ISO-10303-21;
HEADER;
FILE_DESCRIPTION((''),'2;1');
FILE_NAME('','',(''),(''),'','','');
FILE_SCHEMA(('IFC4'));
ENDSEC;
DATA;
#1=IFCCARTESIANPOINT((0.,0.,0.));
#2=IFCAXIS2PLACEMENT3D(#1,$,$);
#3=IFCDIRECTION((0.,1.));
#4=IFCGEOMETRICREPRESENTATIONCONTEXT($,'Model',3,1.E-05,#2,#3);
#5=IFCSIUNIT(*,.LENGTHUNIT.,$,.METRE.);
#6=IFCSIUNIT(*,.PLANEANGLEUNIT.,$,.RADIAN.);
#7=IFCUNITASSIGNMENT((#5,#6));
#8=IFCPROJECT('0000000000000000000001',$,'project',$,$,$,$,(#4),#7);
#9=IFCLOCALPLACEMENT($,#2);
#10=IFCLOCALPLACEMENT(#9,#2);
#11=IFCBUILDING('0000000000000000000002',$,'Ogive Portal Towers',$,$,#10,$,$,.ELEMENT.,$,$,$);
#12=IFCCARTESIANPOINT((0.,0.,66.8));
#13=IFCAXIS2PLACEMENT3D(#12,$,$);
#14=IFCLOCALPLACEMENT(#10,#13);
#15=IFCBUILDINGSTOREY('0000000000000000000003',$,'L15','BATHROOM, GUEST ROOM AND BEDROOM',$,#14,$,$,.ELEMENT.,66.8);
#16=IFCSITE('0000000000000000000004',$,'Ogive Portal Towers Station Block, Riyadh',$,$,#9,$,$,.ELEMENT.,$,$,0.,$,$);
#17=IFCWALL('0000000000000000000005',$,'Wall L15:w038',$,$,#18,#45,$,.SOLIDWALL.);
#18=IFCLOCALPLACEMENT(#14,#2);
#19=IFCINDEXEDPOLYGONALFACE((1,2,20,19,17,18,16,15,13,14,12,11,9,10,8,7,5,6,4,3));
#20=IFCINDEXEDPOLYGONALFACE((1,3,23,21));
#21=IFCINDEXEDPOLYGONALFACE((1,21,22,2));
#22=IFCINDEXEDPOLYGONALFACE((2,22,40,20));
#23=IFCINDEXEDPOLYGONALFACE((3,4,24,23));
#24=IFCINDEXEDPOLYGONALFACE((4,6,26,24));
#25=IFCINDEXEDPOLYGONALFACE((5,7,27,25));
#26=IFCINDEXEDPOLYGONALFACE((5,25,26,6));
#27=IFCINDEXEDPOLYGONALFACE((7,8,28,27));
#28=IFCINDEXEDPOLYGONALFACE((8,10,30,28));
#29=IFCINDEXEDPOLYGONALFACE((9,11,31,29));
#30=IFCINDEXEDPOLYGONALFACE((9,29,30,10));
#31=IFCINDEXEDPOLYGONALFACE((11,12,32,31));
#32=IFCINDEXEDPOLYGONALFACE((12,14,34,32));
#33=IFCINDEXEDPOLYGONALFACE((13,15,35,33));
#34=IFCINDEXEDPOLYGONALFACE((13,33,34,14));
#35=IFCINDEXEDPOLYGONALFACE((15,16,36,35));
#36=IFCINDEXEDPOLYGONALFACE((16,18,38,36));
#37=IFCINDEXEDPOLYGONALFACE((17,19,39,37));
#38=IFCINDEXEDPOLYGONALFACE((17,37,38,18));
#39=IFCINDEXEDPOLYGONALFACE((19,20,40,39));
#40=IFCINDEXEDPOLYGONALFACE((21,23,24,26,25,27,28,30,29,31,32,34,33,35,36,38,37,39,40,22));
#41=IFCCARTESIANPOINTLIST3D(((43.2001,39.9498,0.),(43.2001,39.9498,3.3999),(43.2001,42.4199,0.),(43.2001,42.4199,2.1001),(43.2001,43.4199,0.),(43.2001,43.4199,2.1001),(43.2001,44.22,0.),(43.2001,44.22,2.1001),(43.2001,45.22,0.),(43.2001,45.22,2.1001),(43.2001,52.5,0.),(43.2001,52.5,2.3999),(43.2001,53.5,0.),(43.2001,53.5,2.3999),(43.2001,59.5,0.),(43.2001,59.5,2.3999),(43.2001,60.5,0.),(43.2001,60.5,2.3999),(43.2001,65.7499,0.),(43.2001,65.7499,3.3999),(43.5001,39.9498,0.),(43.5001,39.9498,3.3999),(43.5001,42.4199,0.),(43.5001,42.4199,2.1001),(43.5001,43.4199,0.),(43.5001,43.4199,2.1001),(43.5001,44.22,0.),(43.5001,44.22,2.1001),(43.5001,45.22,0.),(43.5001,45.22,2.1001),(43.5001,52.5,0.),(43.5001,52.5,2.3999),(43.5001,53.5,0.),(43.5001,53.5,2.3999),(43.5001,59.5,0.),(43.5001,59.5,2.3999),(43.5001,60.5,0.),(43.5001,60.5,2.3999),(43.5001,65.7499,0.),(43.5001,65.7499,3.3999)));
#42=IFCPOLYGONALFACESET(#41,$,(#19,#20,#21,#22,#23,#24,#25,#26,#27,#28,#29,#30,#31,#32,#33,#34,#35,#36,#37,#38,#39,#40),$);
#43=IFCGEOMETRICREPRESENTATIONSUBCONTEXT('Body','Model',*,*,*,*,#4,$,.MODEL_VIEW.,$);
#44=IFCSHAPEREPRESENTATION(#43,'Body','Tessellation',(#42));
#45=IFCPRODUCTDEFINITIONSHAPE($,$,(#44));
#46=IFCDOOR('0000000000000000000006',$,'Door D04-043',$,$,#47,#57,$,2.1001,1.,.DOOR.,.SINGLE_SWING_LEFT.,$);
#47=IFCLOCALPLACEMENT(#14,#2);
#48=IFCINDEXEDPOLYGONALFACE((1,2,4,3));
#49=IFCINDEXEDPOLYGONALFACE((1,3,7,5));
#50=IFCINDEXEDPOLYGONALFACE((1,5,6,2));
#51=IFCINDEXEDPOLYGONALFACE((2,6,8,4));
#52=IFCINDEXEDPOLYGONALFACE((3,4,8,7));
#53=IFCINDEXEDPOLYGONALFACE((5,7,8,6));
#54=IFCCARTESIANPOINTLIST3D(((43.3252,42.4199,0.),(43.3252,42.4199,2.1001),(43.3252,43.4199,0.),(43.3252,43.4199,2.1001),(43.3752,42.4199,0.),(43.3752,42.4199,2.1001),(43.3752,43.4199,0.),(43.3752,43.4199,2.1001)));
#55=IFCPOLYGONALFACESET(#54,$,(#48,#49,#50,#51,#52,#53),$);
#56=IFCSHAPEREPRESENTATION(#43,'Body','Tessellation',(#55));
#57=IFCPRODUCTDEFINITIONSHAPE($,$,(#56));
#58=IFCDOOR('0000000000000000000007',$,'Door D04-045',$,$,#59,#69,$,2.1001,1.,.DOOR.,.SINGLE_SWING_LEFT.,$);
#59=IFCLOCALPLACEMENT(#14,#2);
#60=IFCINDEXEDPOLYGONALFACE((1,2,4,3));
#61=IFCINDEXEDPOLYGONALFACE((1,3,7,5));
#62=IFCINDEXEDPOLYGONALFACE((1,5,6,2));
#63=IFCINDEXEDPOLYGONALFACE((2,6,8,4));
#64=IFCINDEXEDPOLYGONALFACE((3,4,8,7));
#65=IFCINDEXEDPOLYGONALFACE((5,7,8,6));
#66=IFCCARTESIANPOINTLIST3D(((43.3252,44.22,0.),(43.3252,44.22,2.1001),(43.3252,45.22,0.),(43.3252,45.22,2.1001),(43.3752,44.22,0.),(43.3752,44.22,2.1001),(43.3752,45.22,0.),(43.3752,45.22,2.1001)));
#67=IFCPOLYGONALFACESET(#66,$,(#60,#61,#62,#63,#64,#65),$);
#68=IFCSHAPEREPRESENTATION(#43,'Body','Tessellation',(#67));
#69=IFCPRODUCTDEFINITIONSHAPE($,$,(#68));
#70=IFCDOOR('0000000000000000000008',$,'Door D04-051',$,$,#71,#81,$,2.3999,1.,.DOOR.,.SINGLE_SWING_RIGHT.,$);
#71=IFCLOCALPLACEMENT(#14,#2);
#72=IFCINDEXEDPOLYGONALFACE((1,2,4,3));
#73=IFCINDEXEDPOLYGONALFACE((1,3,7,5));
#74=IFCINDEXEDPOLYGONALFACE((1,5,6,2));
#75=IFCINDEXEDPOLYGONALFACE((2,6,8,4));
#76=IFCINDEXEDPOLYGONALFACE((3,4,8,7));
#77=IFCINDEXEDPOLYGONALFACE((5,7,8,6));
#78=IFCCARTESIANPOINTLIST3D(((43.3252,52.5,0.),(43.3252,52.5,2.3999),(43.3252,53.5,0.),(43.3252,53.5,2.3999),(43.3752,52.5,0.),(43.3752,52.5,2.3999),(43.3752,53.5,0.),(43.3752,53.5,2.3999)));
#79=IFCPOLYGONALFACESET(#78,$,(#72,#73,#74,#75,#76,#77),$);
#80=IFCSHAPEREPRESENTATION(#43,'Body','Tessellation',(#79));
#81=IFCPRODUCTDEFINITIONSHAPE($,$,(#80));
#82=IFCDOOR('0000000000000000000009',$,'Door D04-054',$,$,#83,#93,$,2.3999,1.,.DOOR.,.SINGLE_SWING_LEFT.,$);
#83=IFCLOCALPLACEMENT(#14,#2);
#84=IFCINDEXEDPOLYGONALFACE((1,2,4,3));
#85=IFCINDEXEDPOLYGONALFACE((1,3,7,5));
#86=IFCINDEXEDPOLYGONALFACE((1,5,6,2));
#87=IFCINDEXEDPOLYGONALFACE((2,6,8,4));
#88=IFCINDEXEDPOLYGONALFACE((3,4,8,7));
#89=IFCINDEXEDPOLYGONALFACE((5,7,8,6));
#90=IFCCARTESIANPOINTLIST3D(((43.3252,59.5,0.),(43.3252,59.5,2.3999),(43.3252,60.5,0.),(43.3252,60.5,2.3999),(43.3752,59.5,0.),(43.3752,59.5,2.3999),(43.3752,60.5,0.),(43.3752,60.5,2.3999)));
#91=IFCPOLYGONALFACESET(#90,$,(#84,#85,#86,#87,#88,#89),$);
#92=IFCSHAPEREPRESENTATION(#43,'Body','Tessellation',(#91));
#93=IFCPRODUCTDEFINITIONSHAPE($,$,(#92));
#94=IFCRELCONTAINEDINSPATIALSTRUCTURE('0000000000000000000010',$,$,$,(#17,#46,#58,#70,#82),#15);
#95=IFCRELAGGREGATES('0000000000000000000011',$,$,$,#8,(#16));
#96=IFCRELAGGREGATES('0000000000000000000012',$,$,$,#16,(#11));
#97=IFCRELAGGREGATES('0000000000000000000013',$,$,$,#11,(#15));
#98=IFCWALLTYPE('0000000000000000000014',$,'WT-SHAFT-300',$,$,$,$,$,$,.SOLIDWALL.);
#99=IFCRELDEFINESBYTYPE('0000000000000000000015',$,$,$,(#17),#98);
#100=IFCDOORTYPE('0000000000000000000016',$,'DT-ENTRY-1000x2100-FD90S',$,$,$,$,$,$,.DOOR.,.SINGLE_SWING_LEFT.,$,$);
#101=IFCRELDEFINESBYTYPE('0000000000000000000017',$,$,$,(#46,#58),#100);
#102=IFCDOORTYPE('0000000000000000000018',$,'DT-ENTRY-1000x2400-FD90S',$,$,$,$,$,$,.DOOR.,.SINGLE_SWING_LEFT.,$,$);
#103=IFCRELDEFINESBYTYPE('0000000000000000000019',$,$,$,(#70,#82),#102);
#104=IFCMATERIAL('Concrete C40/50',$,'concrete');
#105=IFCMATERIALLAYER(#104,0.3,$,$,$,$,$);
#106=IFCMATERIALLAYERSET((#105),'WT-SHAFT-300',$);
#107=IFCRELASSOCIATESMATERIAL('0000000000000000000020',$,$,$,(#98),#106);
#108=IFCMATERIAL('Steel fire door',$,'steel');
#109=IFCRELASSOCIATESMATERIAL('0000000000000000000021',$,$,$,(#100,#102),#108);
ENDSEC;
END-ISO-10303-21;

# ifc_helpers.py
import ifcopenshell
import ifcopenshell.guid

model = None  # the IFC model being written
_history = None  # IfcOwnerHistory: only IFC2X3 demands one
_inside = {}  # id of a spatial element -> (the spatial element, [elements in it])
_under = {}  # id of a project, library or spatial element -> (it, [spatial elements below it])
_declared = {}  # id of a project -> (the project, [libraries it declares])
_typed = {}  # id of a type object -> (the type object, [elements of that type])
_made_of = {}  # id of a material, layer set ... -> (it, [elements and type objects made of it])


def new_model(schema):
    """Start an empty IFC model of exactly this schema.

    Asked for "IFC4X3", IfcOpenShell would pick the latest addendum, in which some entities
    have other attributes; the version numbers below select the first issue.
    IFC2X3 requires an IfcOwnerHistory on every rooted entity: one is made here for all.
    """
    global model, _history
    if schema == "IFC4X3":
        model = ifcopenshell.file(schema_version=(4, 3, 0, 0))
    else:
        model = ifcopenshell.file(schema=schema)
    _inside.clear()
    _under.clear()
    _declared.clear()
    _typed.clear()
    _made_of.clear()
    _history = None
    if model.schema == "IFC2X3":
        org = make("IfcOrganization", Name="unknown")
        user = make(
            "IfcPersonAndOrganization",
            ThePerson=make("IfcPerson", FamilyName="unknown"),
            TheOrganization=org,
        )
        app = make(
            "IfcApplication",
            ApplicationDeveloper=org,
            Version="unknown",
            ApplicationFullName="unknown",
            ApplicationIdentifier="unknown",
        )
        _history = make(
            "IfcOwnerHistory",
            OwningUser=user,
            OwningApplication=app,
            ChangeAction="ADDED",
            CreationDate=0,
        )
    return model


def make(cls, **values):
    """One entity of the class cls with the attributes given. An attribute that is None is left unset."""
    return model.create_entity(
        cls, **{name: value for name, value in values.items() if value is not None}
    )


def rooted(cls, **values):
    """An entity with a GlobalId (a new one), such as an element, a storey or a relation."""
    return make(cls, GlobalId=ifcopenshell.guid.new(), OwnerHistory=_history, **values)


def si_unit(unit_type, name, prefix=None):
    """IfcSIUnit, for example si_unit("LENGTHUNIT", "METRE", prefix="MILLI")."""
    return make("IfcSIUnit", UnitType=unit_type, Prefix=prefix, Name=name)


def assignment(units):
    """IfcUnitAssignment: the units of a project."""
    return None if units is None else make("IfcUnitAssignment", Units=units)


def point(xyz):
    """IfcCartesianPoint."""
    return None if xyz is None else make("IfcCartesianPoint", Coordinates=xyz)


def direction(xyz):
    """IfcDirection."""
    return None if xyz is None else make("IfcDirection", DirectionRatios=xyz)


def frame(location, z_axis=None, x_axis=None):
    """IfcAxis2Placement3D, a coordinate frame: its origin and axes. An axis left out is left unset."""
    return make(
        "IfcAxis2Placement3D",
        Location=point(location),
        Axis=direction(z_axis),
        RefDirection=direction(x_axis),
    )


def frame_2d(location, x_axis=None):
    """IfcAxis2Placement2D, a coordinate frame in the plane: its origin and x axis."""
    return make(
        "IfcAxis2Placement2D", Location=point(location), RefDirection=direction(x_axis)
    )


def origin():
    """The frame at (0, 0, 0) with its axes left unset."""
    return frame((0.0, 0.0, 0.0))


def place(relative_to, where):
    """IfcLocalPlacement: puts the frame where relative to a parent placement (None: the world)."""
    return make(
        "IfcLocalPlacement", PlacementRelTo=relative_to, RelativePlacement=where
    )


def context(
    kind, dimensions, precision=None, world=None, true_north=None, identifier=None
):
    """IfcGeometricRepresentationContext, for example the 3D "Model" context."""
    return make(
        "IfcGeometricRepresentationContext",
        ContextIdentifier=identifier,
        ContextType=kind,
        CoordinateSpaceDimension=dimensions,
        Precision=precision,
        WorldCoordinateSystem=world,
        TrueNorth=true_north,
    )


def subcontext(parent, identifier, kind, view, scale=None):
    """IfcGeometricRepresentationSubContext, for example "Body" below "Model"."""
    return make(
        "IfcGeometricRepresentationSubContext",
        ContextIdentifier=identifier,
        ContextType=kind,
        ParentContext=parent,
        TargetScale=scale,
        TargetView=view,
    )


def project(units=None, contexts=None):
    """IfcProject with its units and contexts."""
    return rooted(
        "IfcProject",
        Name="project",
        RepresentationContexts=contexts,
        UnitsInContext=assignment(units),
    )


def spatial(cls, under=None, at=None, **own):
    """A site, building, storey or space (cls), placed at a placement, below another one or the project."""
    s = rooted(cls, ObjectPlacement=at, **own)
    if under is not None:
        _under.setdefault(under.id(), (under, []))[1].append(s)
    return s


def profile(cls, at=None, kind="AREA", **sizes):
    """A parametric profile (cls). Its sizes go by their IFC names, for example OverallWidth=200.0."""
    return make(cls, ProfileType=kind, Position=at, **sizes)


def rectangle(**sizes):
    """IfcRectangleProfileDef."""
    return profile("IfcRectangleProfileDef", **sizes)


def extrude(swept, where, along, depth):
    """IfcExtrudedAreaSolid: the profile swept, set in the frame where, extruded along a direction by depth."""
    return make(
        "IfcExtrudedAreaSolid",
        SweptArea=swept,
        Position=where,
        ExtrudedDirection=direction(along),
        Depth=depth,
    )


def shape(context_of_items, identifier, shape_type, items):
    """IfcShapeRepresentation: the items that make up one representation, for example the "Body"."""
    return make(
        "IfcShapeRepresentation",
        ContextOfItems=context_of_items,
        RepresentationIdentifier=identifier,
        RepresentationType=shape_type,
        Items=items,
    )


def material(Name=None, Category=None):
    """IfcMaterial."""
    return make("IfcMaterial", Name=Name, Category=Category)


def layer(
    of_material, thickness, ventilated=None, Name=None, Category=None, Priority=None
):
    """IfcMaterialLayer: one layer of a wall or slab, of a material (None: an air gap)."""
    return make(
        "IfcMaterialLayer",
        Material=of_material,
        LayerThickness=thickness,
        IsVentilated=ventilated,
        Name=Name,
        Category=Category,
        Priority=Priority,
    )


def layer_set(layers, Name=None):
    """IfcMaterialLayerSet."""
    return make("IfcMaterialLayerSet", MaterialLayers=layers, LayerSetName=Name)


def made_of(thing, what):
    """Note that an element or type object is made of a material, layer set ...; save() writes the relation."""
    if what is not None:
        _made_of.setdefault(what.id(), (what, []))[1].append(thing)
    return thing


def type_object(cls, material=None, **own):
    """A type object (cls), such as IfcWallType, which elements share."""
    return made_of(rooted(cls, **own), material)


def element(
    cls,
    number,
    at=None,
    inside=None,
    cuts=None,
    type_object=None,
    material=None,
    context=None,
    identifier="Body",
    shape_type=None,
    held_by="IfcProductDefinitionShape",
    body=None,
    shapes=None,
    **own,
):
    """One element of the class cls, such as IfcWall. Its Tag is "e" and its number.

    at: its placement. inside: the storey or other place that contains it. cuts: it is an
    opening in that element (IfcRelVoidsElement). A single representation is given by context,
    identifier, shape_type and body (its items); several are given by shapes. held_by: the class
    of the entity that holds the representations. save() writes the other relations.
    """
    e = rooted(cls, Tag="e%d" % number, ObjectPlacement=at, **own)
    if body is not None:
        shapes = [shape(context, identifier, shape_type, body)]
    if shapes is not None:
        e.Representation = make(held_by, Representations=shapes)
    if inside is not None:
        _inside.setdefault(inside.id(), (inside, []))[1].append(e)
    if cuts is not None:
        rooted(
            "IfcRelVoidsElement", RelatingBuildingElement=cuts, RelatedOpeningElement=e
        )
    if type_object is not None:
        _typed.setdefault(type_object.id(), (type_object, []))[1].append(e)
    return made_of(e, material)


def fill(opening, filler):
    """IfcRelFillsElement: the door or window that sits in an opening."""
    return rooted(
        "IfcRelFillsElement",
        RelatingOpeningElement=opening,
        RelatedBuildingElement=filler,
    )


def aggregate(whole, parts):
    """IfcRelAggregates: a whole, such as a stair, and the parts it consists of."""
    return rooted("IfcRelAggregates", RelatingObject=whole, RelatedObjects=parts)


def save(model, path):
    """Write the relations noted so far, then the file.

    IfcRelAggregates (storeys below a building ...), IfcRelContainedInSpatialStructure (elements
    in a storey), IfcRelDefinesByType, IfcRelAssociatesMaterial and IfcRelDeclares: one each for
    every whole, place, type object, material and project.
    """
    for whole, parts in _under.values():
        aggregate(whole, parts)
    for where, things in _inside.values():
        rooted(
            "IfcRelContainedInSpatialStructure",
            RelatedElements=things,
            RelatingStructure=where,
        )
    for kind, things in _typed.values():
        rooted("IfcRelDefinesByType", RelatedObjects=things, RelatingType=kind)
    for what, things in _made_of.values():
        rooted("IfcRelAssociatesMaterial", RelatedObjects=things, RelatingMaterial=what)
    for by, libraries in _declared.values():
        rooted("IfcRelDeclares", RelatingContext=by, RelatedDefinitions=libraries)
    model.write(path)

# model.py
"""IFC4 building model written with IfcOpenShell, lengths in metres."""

from ifc_helpers import new_model, si_unit, direction, frame, frame_2d, origin, place, context, subcontext, project, spatial, rectangle, extrude, material, layer, layer_set, type_object, element, fill, save


model = new_model("IFC4")

# Units and contexts
model_context = context("Model", 3, precision=1e-05, world=origin(), true_north=direction((0.0, 1.0)))
body_context = subcontext(model_context, "Body", "Model", "MODEL_VIEW")
ifc_project = project(units=[si_unit("LENGTHUNIT", "METRE"), si_unit("PLANEANGLEUNIT", "RADIAN")], contexts=[model_context])

# Site, building, storey
site_placement = place(None, origin())
site = spatial("IfcSite", under=ifc_project, at=site_placement, Name="Ogive Portal Towers Station Block, Riyadh", CompositionType="ELEMENT", RefElevation=0.0)
building_placement = place(site_placement, origin())
building = spatial("IfcBuilding", under=site, at=building_placement, Name="Ogive Portal Towers", CompositionType="ELEMENT")
storey_placement = place(building_placement, frame((0.0, 0.0, 66.8)))
storey = spatial("IfcBuildingStorey", under=building, at=storey_placement, Name="L15", Description="BATHROOM, GUEST ROOM AND BEDROOM", CompositionType="ELEMENT", Elevation=66.8)

# Shared definitions
ifc_material_1 = material(Name="Steel fire door", Category="steel")

# Wall, openings, doors
ifc_material_2 = material(Name="Concrete C40/50", Category="concrete")
ifc_layer_1 = layer(ifc_material_2, 0.3)
ifc_layer_set_1 = layer_set([ifc_layer_1], Name="WT-SHAFT-300")
wall_type_1 = type_object("IfcWallType", Name="WT-SHAFT-300", PredefinedType="SOLIDWALL", material=ifc_layer_set_1)
wall_1_placement = place(storey_placement, frame((43.3501, 39.95, 0.0), z_axis=(0.0, 0.0, 1.0), x_axis=(0.0, 1.0, 0.0)))
wall_1 = element("IfcWall", 1, at=wall_1_placement, inside=storey, type_object=wall_type_1, Name="Wall L15:w038", PredefinedType="SOLIDWALL", context=body_context, shape_type="SweptSolid", body=[
    extrude(rectangle(XDim=25.8, YDim=0.3, at=frame_2d((12.8999, 0.0))), origin(), (0.0, 0.0, 1.0), 3.3999),
])
opening_1_placement = place(wall_1_placement, frame((2.47, 0.0, 0.0)))
opening_1 = element("IfcOpeningElement", 2, at=opening_1_placement, cuts=wall_1, PredefinedType="OPENING", context=body_context, shape_type="SweptSolid", body=[
    extrude(rectangle(XDim=1.0, YDim=2.1001, at=frame_2d((0.5, 1.05))), frame((0.0, 0.1602, 0.0), z_axis=(0.0, -1.0, 0.0), x_axis=(1.0, 0.0, 0.0)), (0.0, 0.0, 1.0), 0.3201),
])
opening_2_placement = place(wall_1_placement, frame((4.27, 0.0, 0.0)))
opening_2 = element("IfcOpeningElement", 3, at=opening_2_placement, cuts=wall_1, PredefinedType="OPENING", context=body_context, shape_type="SweptSolid", body=[
    extrude(rectangle(XDim=1.0, YDim=2.1001, at=frame_2d((0.5, 1.05))), frame((0.0, 0.1602, 0.0), z_axis=(0.0, -1.0, 0.0), x_axis=(1.0, 0.0, 0.0)), (0.0, 0.0, 1.0), 0.3201),
])
opening_3_placement = place(wall_1_placement, frame((12.55, 0.0, 0.0)))
opening_3 = element("IfcOpeningElement", 4, at=opening_3_placement, cuts=wall_1, PredefinedType="OPENING", context=body_context, shape_type="SweptSolid", body=[
    extrude(rectangle(XDim=1.0, YDim=2.3999, at=frame_2d((0.5, 1.2))), frame((0.0, 0.1602, 0.0), z_axis=(0.0, -1.0, 0.0), x_axis=(1.0, 0.0, 0.0)), (0.0, 0.0, 1.0), 0.3201),
])
opening_4_placement = place(wall_1_placement, frame((19.55, 0.0, 0.0)))
opening_4 = element("IfcOpeningElement", 5, at=opening_4_placement, cuts=wall_1, PredefinedType="OPENING", context=body_context, shape_type="SweptSolid", body=[
    extrude(rectangle(XDim=1.0, YDim=2.3999, at=frame_2d((0.5, 1.2))), frame((0.0, 0.1602, 0.0), z_axis=(0.0, -1.0, 0.0), x_axis=(1.0, 0.0, 0.0)), (0.0, 0.0, 1.0), 0.3201),
])
door_type_1 = type_object("IfcDoorType", Name="DT-ENTRY-1000x2100-FD90S", OperationType="SINGLE_SWING_LEFT", PredefinedType="DOOR", material=ifc_material_1)
door_1_placement = place(opening_1_placement, origin())
door_1 = element("IfcDoor", 6, at=door_1_placement, inside=storey, type_object=door_type_1, Name="Door D04-043", OperationType="SINGLE_SWING_LEFT", OverallHeight=2.1001, OverallWidth=1.0, PredefinedType="DOOR", context=body_context, shape_type="SweptSolid", body=[
    extrude(rectangle(XDim=1.0, YDim=2.1001, at=frame_2d((0.5, 1.05))), frame((0.0, 0.0249, 0.0), z_axis=(0.0, -1.0, 0.0), x_axis=(1.0, 0.0, 0.0)), (0.0, 0.0, 1.0), 0.05),
])
fill(opening_1, door_1)
door_2_placement = place(opening_2_placement, origin())
door_2 = element("IfcDoor", 7, at=door_2_placement, inside=storey, type_object=door_type_1, Name="Door D04-045", OperationType="SINGLE_SWING_LEFT", OverallHeight=2.1001, OverallWidth=1.0, PredefinedType="DOOR", context=body_context, shape_type="SweptSolid", body=[
    extrude(rectangle(XDim=1.0, YDim=2.1001, at=frame_2d((0.5, 1.05))), frame((0.0, 0.0249, 0.0), z_axis=(0.0, -1.0, 0.0), x_axis=(1.0, 0.0, 0.0)), (0.0, 0.0, 1.0), 0.05),
])
fill(opening_2, door_2)
door_type_2 = type_object("IfcDoorType", Name="DT-ENTRY-1000x2400-FD90S", OperationType="SINGLE_SWING_LEFT", PredefinedType="DOOR", material=ifc_material_1)
door_3_placement = place(opening_3_placement, origin())
door_3 = element("IfcDoor", 8, at=door_3_placement, inside=storey, type_object=door_type_2, Name="Door D04-051", OperationType="SINGLE_SWING_RIGHT", OverallHeight=2.3999, OverallWidth=1.0, PredefinedType="DOOR", context=body_context, shape_type="SweptSolid", body=[
    extrude(rectangle(XDim=1.0, YDim=2.3999, at=frame_2d((0.5, 1.2))), frame((0.0, 0.0249, 0.0), z_axis=(0.0, -1.0, 0.0), x_axis=(1.0, 0.0, 0.0)), (0.0, 0.0, 1.0), 0.05),
])
fill(opening_3, door_3)
door_4_placement = place(opening_4_placement, origin())
door_4 = element("IfcDoor", 9, at=door_4_placement, inside=storey, type_object=door_type_2, Name="Door D04-054", OperationType="SINGLE_SWING_LEFT", OverallHeight=2.3999, OverallWidth=1.0, PredefinedType="DOOR", context=body_context, shape_type="SweptSolid", body=[
    extrude(rectangle(XDim=1.0, YDim=2.3999, at=frame_2d((0.5, 1.2))), frame((0.0, 0.0249, 0.0), z_axis=(0.0, -1.0, 0.0), x_axis=(1.0, 0.0, 0.0)), (0.0, 0.0, 1.0), 0.05),
])
fill(opening_4, door_4)

save(model, "model.ifc")
